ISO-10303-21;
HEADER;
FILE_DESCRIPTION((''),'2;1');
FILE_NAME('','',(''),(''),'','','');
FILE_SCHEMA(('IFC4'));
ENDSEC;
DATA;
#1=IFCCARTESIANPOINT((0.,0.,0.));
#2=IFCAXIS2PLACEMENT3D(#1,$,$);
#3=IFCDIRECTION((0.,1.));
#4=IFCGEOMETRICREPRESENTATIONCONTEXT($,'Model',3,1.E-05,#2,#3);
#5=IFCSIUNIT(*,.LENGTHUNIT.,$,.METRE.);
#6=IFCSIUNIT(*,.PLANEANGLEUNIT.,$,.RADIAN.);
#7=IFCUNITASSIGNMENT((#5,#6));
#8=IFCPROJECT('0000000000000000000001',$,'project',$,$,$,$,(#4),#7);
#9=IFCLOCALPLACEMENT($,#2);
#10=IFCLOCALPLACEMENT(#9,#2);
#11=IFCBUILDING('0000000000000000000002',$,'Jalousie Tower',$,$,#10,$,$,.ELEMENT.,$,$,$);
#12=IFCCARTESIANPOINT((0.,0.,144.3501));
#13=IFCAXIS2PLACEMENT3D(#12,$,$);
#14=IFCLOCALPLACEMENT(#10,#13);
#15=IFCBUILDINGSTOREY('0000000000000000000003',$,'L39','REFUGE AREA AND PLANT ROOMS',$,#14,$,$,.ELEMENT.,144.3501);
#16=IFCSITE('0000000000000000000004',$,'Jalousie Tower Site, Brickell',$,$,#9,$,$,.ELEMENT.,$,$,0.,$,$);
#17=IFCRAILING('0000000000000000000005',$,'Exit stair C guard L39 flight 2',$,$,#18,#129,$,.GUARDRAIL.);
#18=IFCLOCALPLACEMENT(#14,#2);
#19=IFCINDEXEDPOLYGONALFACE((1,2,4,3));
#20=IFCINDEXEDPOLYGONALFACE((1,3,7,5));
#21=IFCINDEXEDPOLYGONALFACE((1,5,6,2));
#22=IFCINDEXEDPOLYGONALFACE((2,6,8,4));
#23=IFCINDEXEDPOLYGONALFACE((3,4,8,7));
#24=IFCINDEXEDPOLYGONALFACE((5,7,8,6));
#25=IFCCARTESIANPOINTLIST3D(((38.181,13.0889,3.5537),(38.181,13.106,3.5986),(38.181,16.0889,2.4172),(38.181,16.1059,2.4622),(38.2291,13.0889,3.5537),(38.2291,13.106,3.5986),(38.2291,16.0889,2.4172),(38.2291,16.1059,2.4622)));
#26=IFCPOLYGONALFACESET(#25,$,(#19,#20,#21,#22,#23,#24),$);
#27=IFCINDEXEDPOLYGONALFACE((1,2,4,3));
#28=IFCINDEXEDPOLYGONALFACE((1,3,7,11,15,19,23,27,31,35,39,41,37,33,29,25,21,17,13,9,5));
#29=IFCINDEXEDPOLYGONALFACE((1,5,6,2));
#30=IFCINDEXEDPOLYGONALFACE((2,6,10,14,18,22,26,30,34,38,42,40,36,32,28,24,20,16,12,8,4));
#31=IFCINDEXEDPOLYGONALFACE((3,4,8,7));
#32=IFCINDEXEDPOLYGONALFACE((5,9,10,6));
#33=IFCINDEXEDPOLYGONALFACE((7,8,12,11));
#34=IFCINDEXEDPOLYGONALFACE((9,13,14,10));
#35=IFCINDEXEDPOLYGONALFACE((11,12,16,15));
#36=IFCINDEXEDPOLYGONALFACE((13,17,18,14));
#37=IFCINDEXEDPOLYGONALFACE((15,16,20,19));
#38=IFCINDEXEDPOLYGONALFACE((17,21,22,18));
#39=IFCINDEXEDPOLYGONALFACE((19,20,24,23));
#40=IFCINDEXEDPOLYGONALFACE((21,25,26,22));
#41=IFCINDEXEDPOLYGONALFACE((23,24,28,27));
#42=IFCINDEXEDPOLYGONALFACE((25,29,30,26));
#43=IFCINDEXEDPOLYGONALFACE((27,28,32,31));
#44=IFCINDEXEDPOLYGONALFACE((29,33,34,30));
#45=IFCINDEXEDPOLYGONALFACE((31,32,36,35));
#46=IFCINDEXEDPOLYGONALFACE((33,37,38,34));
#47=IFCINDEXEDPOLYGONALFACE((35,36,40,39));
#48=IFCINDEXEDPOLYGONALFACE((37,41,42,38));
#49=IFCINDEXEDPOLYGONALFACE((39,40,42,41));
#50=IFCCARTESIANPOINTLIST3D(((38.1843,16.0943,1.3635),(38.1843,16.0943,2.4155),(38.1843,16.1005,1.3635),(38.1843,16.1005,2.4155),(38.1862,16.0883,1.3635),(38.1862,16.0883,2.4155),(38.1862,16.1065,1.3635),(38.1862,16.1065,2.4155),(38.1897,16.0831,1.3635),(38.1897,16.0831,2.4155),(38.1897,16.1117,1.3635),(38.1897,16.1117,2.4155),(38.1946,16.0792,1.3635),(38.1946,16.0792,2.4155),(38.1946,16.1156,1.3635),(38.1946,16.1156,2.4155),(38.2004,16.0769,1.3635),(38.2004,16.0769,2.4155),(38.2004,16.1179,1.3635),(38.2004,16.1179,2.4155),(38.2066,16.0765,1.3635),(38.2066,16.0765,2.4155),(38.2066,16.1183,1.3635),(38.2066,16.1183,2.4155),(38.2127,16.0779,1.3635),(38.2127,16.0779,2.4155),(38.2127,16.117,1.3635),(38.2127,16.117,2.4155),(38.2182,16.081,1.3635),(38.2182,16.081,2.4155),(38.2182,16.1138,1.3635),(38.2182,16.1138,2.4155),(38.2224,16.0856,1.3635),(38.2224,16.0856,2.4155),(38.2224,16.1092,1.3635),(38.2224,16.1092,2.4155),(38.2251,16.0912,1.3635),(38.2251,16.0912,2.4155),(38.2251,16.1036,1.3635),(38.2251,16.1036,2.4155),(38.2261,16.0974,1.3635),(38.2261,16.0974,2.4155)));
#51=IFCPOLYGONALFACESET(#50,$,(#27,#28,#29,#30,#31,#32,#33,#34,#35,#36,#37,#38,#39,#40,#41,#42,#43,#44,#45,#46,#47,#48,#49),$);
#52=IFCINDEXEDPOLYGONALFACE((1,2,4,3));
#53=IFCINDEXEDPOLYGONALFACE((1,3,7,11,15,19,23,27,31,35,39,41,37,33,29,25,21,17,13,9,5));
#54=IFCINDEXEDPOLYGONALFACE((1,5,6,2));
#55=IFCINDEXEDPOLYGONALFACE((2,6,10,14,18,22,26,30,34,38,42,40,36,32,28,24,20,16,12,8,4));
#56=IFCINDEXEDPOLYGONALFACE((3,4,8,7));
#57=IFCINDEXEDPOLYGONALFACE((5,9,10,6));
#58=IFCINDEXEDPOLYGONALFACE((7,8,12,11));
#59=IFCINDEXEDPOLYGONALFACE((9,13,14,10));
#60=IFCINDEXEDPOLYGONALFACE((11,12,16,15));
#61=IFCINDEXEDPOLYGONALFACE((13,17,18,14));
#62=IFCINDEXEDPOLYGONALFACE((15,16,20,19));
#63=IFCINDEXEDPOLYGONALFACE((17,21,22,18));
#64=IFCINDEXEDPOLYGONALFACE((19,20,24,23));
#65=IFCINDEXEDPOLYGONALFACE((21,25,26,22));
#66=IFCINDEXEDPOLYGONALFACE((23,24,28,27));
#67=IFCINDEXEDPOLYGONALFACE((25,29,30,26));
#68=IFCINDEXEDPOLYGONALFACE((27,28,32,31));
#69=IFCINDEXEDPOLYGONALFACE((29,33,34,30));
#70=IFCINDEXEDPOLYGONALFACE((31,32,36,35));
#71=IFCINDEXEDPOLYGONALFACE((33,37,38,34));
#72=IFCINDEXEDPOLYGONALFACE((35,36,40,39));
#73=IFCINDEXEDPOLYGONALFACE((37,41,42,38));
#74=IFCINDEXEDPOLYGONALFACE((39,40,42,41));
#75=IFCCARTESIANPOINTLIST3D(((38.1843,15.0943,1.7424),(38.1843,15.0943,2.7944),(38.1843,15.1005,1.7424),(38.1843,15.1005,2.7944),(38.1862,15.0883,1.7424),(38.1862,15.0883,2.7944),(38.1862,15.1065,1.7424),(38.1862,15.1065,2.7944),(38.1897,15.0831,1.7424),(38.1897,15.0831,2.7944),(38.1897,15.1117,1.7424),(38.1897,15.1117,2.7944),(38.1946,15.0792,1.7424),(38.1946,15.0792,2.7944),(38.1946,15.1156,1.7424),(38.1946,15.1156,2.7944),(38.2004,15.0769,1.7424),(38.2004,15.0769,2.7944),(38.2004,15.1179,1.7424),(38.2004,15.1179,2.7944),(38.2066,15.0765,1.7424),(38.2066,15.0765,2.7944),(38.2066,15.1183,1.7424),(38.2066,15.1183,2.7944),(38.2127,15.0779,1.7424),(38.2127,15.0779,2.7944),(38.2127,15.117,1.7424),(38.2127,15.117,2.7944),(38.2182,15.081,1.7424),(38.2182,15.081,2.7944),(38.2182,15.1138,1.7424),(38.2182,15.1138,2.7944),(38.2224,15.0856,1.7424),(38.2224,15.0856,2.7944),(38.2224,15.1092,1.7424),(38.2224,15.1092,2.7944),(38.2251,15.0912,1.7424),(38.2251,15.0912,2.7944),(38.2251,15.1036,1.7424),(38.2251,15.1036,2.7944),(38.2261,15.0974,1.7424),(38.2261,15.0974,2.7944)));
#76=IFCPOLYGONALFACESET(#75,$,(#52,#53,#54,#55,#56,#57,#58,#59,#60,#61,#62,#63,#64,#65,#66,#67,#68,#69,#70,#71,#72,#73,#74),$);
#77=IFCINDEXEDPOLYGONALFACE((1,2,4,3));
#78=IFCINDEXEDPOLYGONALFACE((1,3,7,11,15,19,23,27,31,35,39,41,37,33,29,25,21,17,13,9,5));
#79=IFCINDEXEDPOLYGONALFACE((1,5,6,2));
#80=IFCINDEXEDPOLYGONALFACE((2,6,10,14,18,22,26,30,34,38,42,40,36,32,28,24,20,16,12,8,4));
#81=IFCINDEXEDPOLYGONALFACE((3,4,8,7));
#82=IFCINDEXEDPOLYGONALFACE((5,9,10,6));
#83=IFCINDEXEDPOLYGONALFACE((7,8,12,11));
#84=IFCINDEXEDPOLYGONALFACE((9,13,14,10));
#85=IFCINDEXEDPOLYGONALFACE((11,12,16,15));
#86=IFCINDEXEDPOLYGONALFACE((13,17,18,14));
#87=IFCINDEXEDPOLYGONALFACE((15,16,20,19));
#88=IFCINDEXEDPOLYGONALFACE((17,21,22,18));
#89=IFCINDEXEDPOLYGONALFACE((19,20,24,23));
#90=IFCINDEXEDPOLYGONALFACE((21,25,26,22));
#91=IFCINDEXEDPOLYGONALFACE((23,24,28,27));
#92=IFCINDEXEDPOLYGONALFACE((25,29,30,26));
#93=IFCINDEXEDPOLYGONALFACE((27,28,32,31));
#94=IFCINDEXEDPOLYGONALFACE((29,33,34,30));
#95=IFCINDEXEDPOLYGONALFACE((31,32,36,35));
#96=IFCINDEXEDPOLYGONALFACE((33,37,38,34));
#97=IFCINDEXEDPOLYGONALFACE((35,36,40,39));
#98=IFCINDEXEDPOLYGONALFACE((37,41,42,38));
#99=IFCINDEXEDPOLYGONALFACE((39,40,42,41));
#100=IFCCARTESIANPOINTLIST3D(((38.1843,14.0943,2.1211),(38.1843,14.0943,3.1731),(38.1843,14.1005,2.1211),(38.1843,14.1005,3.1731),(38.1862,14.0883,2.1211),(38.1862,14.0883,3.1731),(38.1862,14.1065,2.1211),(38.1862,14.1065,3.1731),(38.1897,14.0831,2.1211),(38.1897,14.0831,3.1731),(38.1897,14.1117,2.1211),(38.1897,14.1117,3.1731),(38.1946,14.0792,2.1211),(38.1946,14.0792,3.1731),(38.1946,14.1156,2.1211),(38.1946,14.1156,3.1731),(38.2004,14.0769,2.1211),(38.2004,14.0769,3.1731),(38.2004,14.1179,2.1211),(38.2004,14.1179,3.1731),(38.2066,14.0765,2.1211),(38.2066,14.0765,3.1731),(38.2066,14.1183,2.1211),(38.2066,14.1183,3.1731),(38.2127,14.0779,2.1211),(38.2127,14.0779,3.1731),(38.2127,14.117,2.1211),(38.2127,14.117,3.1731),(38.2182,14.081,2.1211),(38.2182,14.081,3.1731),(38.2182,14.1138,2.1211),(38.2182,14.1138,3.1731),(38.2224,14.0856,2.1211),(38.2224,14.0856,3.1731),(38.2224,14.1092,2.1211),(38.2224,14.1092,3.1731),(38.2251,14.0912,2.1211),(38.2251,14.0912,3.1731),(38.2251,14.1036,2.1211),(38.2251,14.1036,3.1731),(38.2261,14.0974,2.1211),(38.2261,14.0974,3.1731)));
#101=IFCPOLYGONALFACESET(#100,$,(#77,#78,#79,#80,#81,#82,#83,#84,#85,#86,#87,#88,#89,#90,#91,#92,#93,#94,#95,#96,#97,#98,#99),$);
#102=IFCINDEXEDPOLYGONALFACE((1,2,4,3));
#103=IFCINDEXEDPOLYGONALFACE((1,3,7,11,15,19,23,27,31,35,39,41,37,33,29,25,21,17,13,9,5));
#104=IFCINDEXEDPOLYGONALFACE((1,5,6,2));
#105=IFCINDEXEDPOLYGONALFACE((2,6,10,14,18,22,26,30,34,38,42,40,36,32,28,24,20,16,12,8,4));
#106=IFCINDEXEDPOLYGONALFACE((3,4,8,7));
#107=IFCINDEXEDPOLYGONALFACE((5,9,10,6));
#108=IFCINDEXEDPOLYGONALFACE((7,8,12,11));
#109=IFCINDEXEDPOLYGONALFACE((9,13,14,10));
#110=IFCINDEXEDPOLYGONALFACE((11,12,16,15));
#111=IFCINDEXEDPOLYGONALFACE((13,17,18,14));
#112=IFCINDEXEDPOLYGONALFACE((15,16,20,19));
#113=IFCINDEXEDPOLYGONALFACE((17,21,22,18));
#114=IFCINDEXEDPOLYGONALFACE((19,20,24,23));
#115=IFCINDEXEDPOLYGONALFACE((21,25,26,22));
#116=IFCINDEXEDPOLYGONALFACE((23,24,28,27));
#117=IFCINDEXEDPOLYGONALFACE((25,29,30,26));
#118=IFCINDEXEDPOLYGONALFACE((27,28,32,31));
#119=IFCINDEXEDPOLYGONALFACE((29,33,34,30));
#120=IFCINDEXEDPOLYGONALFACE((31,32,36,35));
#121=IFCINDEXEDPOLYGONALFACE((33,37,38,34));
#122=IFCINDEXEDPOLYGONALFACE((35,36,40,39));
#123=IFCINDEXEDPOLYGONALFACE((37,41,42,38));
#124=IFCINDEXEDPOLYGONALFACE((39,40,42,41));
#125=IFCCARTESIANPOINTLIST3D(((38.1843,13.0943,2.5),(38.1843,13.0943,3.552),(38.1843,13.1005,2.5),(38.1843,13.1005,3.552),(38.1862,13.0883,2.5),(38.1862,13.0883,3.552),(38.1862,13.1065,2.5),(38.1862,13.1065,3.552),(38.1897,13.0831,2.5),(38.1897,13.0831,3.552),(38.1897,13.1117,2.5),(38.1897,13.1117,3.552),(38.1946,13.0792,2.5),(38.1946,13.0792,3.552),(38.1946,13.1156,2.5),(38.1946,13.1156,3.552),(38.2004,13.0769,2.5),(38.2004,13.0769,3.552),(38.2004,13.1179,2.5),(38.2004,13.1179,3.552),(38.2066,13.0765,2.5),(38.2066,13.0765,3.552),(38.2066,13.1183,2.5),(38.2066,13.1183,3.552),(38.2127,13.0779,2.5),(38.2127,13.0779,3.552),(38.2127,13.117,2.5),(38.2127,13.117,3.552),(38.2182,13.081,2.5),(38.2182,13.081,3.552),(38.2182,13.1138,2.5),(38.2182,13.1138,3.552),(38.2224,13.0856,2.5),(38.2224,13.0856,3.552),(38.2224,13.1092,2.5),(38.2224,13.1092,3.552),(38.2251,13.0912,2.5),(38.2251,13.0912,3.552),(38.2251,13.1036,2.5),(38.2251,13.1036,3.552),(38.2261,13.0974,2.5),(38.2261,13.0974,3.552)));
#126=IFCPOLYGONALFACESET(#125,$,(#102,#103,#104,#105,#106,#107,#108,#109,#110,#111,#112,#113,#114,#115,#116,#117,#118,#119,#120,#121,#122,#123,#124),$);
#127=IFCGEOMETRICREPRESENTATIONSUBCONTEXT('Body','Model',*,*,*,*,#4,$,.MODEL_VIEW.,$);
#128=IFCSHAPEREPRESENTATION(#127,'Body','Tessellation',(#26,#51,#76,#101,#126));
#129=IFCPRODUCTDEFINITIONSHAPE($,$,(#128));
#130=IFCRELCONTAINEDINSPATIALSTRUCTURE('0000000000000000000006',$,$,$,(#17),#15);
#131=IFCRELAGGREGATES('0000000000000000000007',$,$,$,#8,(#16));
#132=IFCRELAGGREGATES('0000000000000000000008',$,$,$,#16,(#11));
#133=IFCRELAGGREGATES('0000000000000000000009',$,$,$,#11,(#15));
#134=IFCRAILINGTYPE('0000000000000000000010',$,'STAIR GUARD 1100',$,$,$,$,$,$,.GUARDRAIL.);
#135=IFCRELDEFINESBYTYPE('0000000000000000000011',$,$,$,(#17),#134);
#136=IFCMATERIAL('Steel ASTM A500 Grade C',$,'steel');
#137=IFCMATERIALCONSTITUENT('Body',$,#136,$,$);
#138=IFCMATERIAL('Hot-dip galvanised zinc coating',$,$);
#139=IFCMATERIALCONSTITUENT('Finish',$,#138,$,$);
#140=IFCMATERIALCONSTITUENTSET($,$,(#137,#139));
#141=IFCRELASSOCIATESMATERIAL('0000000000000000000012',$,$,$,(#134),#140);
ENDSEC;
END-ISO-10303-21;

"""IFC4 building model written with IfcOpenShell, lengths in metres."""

from ifc_helpers import new_model, si_unit, direction, frame, origin, origin_2d, place, context, subcontext, project, spatial, rectangle, circle, extrude, material, constituent, constituent_set, type_object, element, save


model = new_model("IFC4")

# Units and contexts
model_context = context("Model", 3, precision=1e-05, world=origin(), true_north=direction((0.0, 1.0)))
body_context = subcontext(model_context, "Body", "Model", "MODEL_VIEW")
ifc_project = project(units=[si_unit("LENGTHUNIT", "METRE"), si_unit("PLANEANGLEUNIT", "RADIAN")], contexts=[model_context])

# Site, building, storey
site_placement = place(None, origin())
site = spatial("IfcSite", under=ifc_project, at=site_placement, Name="Jalousie Tower Site, Brickell", CompositionType="ELEMENT", RefElevation=0.0)
building_placement = place(site_placement, origin())
building = spatial("IfcBuilding", under=site, at=building_placement, Name="Jalousie Tower", CompositionType="ELEMENT")
storey_placement = place(building_placement, frame((0.0, 0.0, 144.3501)))
storey = spatial("IfcBuildingStorey", under=building, at=storey_placement, Name="L39", Description="REFUGE AREA AND PLANT ROOMS", CompositionType="ELEMENT", Elevation=144.3501)

# Railing
ifc_material_1 = material(Name="Steel ASTM A500 Grade C", Category="steel")
ifc_constituent_1 = constituent(ifc_material_1, Name="Body")
ifc_material_2 = material(Name="Hot-dip galvanised zinc coating")
ifc_constituent_2 = constituent(ifc_material_2, Name="Finish")
ifc_constituent_set_1 = constituent_set(constituents=[ifc_constituent_1, ifc_constituent_2])
railing_type_1 = type_object("IfcRailingType", Name="STAIR GUARD 1100", PredefinedType="GUARDRAIL", material=ifc_constituent_set_1)
railing_1_placement = place(storey_placement, frame((38.2051, 16.0974, 1.3635)))
element("IfcRailing", 1, at=railing_1_placement, inside=storey, type_object=railing_type_1, Name="Exit stair C guard L39 flight 2", PredefinedType="GUARDRAIL", context=body_context, shape_type="SweptSolid", body=[
    extrude(rectangle(XDim=0.0481, YDim=0.0481, at=origin_2d()), frame((0.0, 0.0, 1.0762), z_axis=(0.0, -0.935148, 0.354257), x_axis=(1.0, 0.0, 0.0)), (0.0, 0.0, 1.0), 3.208),
    extrude(circle(Radius=0.021, at=origin_2d()), origin(), (0.0, 0.0, 1.0), 1.052),
    extrude(circle(Radius=0.021, at=origin_2d()), frame((0.0, -1.0, 0.3789)), (0.0, 0.0, 1.0), 1.052),
    extrude(circle(Radius=0.021, at=origin_2d()), frame((0.0, -2.0, 0.7576)), (0.0, 0.0, 1.0), 1.052),
    extrude(circle(Radius=0.021, at=origin_2d()), frame((0.0, -3.0, 1.1365)), (0.0, 0.0, 1.0), 1.052),
])

save(model, "model.ifc")
